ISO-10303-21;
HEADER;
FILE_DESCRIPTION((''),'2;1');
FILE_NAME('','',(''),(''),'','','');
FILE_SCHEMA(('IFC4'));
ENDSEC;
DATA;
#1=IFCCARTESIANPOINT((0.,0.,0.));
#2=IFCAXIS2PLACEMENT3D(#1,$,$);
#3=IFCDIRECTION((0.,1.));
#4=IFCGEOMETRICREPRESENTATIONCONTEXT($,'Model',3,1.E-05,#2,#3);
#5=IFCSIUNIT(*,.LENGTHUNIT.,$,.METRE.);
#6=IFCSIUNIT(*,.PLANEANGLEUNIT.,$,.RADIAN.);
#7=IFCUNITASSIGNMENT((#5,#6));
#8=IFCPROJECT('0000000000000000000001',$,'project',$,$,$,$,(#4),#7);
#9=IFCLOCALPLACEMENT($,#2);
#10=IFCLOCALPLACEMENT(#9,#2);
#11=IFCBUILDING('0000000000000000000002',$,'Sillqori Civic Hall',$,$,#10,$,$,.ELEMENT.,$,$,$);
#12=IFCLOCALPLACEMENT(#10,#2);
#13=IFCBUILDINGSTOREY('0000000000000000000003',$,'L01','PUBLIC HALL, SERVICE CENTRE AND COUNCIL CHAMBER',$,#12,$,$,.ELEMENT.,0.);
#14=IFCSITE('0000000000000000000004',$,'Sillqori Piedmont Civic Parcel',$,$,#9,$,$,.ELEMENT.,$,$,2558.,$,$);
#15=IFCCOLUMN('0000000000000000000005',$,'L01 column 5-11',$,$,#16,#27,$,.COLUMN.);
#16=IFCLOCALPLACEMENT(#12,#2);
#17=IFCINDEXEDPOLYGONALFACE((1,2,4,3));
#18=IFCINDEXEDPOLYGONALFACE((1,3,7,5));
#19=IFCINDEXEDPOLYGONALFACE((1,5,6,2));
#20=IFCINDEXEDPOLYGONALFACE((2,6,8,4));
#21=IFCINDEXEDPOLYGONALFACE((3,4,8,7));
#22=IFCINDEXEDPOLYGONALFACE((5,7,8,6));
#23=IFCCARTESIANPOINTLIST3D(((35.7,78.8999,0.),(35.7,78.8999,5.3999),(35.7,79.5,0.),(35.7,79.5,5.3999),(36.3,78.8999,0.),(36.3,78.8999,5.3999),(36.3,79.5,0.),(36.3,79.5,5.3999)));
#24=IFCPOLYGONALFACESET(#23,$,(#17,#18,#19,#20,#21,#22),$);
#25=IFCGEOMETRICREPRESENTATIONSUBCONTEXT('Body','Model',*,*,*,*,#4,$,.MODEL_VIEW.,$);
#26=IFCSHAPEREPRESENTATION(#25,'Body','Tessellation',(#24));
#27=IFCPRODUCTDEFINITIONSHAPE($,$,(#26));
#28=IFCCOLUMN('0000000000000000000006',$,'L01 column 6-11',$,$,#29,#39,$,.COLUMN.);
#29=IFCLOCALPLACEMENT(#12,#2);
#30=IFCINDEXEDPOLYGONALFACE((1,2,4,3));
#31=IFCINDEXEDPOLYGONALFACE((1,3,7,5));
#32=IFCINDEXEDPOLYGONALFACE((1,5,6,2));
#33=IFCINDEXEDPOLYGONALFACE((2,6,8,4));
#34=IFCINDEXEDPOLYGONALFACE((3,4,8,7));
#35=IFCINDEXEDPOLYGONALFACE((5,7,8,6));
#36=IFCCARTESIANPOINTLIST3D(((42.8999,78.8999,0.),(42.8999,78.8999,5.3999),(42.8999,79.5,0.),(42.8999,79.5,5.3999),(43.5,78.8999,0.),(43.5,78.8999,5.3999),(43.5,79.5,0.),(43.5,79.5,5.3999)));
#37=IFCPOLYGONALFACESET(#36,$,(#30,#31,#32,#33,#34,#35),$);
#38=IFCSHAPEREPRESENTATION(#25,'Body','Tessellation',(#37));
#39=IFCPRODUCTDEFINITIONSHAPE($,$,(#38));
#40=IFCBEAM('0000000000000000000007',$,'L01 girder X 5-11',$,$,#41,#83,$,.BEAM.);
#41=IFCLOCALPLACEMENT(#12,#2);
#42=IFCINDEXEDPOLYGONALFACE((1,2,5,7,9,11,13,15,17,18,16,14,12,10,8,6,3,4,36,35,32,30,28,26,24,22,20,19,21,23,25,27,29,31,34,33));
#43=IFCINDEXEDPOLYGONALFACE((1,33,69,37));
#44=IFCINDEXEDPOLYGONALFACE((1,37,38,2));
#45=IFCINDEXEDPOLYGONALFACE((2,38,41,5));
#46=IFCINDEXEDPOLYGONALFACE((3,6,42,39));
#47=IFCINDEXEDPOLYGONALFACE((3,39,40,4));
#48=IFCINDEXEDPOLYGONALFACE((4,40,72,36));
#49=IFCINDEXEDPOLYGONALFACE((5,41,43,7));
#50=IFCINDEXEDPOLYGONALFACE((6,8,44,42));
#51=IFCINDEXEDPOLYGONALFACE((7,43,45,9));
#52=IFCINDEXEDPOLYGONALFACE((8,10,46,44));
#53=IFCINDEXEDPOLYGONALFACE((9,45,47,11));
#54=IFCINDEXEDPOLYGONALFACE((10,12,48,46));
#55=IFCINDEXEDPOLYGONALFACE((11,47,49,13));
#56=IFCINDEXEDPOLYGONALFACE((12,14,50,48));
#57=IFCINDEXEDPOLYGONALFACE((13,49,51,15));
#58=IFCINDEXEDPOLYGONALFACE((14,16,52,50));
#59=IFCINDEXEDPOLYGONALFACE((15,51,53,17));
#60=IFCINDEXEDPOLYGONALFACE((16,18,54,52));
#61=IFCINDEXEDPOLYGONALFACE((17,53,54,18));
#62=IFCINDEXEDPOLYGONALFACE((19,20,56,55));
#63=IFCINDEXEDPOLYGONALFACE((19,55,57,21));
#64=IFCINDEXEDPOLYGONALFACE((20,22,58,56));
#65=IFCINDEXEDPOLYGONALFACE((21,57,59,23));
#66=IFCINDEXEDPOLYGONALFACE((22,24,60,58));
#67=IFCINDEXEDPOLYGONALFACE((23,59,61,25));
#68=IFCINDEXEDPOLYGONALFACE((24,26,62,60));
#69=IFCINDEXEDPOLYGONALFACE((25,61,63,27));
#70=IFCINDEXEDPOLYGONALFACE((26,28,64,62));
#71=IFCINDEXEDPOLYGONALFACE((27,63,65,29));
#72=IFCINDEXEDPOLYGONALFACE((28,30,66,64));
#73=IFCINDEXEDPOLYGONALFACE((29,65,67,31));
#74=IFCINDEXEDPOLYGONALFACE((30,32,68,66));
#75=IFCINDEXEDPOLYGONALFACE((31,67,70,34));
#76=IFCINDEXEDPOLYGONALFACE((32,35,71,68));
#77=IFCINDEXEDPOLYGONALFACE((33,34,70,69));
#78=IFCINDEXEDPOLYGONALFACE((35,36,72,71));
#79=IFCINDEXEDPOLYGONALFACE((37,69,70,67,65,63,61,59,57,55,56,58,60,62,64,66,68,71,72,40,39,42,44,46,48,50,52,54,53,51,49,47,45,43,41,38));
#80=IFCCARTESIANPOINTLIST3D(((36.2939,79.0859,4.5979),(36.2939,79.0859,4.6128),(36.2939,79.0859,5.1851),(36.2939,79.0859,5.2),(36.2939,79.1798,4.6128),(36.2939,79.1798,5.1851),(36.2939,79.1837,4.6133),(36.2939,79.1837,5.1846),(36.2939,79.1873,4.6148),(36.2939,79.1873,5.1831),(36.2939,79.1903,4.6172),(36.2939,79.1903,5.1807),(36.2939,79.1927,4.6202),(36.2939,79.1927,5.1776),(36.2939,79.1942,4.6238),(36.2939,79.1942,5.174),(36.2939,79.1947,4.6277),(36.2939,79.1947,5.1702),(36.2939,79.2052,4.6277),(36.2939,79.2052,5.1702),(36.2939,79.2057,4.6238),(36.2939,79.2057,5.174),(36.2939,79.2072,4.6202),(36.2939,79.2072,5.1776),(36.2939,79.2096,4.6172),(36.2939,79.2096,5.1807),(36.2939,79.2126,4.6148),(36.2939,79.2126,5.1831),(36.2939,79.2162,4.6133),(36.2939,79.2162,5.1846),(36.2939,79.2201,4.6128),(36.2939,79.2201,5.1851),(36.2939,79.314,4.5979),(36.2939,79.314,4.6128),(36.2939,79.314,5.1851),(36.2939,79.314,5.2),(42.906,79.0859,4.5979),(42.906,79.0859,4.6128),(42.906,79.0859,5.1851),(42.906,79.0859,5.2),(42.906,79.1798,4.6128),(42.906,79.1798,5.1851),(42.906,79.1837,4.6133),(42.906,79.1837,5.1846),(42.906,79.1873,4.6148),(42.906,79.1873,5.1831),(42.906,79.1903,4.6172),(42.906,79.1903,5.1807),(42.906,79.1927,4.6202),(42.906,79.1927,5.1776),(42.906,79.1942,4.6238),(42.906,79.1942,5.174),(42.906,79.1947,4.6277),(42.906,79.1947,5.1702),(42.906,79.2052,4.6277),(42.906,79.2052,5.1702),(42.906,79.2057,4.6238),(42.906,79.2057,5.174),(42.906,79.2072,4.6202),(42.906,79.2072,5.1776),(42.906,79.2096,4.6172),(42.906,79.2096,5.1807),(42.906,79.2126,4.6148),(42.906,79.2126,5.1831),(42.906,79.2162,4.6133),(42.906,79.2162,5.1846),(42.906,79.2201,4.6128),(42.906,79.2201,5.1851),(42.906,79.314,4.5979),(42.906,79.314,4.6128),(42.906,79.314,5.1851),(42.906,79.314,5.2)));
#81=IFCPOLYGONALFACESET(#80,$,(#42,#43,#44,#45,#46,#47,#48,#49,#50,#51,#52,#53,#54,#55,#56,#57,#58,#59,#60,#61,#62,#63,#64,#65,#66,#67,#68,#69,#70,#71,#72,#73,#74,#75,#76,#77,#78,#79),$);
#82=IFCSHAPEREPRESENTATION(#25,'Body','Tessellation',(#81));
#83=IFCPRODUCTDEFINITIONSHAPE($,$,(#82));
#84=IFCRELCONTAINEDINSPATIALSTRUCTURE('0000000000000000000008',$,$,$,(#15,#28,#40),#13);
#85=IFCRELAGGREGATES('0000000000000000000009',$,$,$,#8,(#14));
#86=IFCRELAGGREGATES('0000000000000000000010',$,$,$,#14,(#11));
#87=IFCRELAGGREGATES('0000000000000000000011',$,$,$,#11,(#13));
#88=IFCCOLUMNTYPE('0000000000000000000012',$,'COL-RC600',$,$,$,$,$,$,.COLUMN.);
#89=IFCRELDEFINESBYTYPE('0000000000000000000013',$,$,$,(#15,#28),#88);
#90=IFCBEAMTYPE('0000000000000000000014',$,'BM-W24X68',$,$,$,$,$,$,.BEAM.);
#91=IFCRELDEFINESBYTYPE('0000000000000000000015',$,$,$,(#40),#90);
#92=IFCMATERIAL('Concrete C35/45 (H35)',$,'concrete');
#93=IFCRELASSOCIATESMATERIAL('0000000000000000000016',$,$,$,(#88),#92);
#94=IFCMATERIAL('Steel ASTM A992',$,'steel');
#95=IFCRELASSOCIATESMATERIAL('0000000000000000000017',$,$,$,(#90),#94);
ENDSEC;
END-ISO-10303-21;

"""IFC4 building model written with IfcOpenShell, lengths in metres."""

from ifc_helpers import new_model, si_unit, direction, frame, origin, origin_2d, place, context, subcontext, project, spatial, rectangle, i_section, extrude, material, material_profile, profile_set, type_object, element, save


model = new_model("IFC4")

# Units and contexts
model_context = context("Model", 3, precision=1e-05, world=origin(), true_north=direction((0.0, 1.0)))
body_context = subcontext(model_context, "Body", "Model", "MODEL_VIEW")
ifc_project = project(units=[si_unit("LENGTHUNIT", "METRE"), si_unit("PLANEANGLEUNIT", "RADIAN")], contexts=[model_context])

# Site, building, storey
site_placement = place(None, origin())
site = spatial("IfcSite", under=ifc_project, at=site_placement, Name="Sillqori Piedmont Civic Parcel", CompositionType="ELEMENT", RefElevation=2558.0)
building_placement = place(site_placement, origin())
building = spatial("IfcBuilding", under=site, at=building_placement, Name="Sillqori Civic Hall", CompositionType="ELEMENT")
storey_placement = place(building_placement, origin())
storey = spatial("IfcBuildingStorey", under=building, at=storey_placement, Name="L01", Description="PUBLIC HALL, SERVICE CENTRE AND COUNCIL CHAMBER", CompositionType="ELEMENT", Elevation=0.0)

# Columns
ifc_material_1 = material(Name="Concrete C35/45 (H35)", Category="concrete")
ifc_material_profile_1 = material_profile(ifc_material_1, rectangle(XDim=0.6001, YDim=0.6001, at=origin_2d()), Name="RC 600x600")
ifc_profile_set_1 = profile_set([ifc_material_profile_1], Name="Concrete C35/45 (H35)")
column_type = type_object("IfcColumnType", Name="COL-RC600", PredefinedType="COLUMN", material=ifc_profile_set_1)
for number, where, z_axis, x_axis, name in (
    (1, (36.0, 79.2, 0.0), (0.0, 0.0, 1.0), (1.0, 0.0, 0.0), "L01 column 5-11"),
    (2, (43.2, 79.2, 0.0), (0.0, 0.0, 1.0), (1.0, 0.0, 0.0), "L01 column 6-11"),
):
    element("IfcColumn", number, at=place(storey_placement, frame(where, z_axis=z_axis, x_axis=x_axis)), inside=storey, type_object=column_type, Name=name, PredefinedType="COLUMN", context=body_context, shape_type="SweptSolid", body=[
        extrude(rectangle(XDim=0.6001, YDim=0.6001, at=origin_2d()), origin(), (0.0, 0.0, 1.0), 5.3999),
    ])

# Beam
ifc_material_2 = material(Name="Steel ASTM A992", Category="steel")
ifc_material_profile_2 = material_profile(ifc_material_2, i_section(OverallWidth=0.228, OverallDepth=0.6021, WebThickness=0.0105, FlangeThickness=0.0149, FilletRadius=0.0149, at=origin_2d()), Name="W24X68")
ifc_profile_set_2 = profile_set([ifc_material_profile_2], Name="Steel ASTM A992")
beam_type = type_object("IfcBeamType", Name="BM-W24X68", PredefinedType="BEAM", material=ifc_profile_set_2)
beam_placement = place(storey_placement, frame((36.2939, 79.2, 4.8989), z_axis=(1.0, 0.0, 0.0), x_axis=(0.0, 1.0, 0.0)))
element("IfcBeam", 3, at=beam_placement, inside=storey, type_object=beam_type, Name="L01 girder X 5-11", PredefinedType="BEAM", context=body_context, shape_type="SweptSolid", body=[
    extrude(i_section(OverallWidth=0.228, OverallDepth=0.6021, WebThickness=0.0105, FlangeThickness=0.0149, FilletRadius=0.0149, at=origin_2d()), origin(), (0.0, 0.0, 1.0), 6.6121),
])

save(model, "model.ifc")
